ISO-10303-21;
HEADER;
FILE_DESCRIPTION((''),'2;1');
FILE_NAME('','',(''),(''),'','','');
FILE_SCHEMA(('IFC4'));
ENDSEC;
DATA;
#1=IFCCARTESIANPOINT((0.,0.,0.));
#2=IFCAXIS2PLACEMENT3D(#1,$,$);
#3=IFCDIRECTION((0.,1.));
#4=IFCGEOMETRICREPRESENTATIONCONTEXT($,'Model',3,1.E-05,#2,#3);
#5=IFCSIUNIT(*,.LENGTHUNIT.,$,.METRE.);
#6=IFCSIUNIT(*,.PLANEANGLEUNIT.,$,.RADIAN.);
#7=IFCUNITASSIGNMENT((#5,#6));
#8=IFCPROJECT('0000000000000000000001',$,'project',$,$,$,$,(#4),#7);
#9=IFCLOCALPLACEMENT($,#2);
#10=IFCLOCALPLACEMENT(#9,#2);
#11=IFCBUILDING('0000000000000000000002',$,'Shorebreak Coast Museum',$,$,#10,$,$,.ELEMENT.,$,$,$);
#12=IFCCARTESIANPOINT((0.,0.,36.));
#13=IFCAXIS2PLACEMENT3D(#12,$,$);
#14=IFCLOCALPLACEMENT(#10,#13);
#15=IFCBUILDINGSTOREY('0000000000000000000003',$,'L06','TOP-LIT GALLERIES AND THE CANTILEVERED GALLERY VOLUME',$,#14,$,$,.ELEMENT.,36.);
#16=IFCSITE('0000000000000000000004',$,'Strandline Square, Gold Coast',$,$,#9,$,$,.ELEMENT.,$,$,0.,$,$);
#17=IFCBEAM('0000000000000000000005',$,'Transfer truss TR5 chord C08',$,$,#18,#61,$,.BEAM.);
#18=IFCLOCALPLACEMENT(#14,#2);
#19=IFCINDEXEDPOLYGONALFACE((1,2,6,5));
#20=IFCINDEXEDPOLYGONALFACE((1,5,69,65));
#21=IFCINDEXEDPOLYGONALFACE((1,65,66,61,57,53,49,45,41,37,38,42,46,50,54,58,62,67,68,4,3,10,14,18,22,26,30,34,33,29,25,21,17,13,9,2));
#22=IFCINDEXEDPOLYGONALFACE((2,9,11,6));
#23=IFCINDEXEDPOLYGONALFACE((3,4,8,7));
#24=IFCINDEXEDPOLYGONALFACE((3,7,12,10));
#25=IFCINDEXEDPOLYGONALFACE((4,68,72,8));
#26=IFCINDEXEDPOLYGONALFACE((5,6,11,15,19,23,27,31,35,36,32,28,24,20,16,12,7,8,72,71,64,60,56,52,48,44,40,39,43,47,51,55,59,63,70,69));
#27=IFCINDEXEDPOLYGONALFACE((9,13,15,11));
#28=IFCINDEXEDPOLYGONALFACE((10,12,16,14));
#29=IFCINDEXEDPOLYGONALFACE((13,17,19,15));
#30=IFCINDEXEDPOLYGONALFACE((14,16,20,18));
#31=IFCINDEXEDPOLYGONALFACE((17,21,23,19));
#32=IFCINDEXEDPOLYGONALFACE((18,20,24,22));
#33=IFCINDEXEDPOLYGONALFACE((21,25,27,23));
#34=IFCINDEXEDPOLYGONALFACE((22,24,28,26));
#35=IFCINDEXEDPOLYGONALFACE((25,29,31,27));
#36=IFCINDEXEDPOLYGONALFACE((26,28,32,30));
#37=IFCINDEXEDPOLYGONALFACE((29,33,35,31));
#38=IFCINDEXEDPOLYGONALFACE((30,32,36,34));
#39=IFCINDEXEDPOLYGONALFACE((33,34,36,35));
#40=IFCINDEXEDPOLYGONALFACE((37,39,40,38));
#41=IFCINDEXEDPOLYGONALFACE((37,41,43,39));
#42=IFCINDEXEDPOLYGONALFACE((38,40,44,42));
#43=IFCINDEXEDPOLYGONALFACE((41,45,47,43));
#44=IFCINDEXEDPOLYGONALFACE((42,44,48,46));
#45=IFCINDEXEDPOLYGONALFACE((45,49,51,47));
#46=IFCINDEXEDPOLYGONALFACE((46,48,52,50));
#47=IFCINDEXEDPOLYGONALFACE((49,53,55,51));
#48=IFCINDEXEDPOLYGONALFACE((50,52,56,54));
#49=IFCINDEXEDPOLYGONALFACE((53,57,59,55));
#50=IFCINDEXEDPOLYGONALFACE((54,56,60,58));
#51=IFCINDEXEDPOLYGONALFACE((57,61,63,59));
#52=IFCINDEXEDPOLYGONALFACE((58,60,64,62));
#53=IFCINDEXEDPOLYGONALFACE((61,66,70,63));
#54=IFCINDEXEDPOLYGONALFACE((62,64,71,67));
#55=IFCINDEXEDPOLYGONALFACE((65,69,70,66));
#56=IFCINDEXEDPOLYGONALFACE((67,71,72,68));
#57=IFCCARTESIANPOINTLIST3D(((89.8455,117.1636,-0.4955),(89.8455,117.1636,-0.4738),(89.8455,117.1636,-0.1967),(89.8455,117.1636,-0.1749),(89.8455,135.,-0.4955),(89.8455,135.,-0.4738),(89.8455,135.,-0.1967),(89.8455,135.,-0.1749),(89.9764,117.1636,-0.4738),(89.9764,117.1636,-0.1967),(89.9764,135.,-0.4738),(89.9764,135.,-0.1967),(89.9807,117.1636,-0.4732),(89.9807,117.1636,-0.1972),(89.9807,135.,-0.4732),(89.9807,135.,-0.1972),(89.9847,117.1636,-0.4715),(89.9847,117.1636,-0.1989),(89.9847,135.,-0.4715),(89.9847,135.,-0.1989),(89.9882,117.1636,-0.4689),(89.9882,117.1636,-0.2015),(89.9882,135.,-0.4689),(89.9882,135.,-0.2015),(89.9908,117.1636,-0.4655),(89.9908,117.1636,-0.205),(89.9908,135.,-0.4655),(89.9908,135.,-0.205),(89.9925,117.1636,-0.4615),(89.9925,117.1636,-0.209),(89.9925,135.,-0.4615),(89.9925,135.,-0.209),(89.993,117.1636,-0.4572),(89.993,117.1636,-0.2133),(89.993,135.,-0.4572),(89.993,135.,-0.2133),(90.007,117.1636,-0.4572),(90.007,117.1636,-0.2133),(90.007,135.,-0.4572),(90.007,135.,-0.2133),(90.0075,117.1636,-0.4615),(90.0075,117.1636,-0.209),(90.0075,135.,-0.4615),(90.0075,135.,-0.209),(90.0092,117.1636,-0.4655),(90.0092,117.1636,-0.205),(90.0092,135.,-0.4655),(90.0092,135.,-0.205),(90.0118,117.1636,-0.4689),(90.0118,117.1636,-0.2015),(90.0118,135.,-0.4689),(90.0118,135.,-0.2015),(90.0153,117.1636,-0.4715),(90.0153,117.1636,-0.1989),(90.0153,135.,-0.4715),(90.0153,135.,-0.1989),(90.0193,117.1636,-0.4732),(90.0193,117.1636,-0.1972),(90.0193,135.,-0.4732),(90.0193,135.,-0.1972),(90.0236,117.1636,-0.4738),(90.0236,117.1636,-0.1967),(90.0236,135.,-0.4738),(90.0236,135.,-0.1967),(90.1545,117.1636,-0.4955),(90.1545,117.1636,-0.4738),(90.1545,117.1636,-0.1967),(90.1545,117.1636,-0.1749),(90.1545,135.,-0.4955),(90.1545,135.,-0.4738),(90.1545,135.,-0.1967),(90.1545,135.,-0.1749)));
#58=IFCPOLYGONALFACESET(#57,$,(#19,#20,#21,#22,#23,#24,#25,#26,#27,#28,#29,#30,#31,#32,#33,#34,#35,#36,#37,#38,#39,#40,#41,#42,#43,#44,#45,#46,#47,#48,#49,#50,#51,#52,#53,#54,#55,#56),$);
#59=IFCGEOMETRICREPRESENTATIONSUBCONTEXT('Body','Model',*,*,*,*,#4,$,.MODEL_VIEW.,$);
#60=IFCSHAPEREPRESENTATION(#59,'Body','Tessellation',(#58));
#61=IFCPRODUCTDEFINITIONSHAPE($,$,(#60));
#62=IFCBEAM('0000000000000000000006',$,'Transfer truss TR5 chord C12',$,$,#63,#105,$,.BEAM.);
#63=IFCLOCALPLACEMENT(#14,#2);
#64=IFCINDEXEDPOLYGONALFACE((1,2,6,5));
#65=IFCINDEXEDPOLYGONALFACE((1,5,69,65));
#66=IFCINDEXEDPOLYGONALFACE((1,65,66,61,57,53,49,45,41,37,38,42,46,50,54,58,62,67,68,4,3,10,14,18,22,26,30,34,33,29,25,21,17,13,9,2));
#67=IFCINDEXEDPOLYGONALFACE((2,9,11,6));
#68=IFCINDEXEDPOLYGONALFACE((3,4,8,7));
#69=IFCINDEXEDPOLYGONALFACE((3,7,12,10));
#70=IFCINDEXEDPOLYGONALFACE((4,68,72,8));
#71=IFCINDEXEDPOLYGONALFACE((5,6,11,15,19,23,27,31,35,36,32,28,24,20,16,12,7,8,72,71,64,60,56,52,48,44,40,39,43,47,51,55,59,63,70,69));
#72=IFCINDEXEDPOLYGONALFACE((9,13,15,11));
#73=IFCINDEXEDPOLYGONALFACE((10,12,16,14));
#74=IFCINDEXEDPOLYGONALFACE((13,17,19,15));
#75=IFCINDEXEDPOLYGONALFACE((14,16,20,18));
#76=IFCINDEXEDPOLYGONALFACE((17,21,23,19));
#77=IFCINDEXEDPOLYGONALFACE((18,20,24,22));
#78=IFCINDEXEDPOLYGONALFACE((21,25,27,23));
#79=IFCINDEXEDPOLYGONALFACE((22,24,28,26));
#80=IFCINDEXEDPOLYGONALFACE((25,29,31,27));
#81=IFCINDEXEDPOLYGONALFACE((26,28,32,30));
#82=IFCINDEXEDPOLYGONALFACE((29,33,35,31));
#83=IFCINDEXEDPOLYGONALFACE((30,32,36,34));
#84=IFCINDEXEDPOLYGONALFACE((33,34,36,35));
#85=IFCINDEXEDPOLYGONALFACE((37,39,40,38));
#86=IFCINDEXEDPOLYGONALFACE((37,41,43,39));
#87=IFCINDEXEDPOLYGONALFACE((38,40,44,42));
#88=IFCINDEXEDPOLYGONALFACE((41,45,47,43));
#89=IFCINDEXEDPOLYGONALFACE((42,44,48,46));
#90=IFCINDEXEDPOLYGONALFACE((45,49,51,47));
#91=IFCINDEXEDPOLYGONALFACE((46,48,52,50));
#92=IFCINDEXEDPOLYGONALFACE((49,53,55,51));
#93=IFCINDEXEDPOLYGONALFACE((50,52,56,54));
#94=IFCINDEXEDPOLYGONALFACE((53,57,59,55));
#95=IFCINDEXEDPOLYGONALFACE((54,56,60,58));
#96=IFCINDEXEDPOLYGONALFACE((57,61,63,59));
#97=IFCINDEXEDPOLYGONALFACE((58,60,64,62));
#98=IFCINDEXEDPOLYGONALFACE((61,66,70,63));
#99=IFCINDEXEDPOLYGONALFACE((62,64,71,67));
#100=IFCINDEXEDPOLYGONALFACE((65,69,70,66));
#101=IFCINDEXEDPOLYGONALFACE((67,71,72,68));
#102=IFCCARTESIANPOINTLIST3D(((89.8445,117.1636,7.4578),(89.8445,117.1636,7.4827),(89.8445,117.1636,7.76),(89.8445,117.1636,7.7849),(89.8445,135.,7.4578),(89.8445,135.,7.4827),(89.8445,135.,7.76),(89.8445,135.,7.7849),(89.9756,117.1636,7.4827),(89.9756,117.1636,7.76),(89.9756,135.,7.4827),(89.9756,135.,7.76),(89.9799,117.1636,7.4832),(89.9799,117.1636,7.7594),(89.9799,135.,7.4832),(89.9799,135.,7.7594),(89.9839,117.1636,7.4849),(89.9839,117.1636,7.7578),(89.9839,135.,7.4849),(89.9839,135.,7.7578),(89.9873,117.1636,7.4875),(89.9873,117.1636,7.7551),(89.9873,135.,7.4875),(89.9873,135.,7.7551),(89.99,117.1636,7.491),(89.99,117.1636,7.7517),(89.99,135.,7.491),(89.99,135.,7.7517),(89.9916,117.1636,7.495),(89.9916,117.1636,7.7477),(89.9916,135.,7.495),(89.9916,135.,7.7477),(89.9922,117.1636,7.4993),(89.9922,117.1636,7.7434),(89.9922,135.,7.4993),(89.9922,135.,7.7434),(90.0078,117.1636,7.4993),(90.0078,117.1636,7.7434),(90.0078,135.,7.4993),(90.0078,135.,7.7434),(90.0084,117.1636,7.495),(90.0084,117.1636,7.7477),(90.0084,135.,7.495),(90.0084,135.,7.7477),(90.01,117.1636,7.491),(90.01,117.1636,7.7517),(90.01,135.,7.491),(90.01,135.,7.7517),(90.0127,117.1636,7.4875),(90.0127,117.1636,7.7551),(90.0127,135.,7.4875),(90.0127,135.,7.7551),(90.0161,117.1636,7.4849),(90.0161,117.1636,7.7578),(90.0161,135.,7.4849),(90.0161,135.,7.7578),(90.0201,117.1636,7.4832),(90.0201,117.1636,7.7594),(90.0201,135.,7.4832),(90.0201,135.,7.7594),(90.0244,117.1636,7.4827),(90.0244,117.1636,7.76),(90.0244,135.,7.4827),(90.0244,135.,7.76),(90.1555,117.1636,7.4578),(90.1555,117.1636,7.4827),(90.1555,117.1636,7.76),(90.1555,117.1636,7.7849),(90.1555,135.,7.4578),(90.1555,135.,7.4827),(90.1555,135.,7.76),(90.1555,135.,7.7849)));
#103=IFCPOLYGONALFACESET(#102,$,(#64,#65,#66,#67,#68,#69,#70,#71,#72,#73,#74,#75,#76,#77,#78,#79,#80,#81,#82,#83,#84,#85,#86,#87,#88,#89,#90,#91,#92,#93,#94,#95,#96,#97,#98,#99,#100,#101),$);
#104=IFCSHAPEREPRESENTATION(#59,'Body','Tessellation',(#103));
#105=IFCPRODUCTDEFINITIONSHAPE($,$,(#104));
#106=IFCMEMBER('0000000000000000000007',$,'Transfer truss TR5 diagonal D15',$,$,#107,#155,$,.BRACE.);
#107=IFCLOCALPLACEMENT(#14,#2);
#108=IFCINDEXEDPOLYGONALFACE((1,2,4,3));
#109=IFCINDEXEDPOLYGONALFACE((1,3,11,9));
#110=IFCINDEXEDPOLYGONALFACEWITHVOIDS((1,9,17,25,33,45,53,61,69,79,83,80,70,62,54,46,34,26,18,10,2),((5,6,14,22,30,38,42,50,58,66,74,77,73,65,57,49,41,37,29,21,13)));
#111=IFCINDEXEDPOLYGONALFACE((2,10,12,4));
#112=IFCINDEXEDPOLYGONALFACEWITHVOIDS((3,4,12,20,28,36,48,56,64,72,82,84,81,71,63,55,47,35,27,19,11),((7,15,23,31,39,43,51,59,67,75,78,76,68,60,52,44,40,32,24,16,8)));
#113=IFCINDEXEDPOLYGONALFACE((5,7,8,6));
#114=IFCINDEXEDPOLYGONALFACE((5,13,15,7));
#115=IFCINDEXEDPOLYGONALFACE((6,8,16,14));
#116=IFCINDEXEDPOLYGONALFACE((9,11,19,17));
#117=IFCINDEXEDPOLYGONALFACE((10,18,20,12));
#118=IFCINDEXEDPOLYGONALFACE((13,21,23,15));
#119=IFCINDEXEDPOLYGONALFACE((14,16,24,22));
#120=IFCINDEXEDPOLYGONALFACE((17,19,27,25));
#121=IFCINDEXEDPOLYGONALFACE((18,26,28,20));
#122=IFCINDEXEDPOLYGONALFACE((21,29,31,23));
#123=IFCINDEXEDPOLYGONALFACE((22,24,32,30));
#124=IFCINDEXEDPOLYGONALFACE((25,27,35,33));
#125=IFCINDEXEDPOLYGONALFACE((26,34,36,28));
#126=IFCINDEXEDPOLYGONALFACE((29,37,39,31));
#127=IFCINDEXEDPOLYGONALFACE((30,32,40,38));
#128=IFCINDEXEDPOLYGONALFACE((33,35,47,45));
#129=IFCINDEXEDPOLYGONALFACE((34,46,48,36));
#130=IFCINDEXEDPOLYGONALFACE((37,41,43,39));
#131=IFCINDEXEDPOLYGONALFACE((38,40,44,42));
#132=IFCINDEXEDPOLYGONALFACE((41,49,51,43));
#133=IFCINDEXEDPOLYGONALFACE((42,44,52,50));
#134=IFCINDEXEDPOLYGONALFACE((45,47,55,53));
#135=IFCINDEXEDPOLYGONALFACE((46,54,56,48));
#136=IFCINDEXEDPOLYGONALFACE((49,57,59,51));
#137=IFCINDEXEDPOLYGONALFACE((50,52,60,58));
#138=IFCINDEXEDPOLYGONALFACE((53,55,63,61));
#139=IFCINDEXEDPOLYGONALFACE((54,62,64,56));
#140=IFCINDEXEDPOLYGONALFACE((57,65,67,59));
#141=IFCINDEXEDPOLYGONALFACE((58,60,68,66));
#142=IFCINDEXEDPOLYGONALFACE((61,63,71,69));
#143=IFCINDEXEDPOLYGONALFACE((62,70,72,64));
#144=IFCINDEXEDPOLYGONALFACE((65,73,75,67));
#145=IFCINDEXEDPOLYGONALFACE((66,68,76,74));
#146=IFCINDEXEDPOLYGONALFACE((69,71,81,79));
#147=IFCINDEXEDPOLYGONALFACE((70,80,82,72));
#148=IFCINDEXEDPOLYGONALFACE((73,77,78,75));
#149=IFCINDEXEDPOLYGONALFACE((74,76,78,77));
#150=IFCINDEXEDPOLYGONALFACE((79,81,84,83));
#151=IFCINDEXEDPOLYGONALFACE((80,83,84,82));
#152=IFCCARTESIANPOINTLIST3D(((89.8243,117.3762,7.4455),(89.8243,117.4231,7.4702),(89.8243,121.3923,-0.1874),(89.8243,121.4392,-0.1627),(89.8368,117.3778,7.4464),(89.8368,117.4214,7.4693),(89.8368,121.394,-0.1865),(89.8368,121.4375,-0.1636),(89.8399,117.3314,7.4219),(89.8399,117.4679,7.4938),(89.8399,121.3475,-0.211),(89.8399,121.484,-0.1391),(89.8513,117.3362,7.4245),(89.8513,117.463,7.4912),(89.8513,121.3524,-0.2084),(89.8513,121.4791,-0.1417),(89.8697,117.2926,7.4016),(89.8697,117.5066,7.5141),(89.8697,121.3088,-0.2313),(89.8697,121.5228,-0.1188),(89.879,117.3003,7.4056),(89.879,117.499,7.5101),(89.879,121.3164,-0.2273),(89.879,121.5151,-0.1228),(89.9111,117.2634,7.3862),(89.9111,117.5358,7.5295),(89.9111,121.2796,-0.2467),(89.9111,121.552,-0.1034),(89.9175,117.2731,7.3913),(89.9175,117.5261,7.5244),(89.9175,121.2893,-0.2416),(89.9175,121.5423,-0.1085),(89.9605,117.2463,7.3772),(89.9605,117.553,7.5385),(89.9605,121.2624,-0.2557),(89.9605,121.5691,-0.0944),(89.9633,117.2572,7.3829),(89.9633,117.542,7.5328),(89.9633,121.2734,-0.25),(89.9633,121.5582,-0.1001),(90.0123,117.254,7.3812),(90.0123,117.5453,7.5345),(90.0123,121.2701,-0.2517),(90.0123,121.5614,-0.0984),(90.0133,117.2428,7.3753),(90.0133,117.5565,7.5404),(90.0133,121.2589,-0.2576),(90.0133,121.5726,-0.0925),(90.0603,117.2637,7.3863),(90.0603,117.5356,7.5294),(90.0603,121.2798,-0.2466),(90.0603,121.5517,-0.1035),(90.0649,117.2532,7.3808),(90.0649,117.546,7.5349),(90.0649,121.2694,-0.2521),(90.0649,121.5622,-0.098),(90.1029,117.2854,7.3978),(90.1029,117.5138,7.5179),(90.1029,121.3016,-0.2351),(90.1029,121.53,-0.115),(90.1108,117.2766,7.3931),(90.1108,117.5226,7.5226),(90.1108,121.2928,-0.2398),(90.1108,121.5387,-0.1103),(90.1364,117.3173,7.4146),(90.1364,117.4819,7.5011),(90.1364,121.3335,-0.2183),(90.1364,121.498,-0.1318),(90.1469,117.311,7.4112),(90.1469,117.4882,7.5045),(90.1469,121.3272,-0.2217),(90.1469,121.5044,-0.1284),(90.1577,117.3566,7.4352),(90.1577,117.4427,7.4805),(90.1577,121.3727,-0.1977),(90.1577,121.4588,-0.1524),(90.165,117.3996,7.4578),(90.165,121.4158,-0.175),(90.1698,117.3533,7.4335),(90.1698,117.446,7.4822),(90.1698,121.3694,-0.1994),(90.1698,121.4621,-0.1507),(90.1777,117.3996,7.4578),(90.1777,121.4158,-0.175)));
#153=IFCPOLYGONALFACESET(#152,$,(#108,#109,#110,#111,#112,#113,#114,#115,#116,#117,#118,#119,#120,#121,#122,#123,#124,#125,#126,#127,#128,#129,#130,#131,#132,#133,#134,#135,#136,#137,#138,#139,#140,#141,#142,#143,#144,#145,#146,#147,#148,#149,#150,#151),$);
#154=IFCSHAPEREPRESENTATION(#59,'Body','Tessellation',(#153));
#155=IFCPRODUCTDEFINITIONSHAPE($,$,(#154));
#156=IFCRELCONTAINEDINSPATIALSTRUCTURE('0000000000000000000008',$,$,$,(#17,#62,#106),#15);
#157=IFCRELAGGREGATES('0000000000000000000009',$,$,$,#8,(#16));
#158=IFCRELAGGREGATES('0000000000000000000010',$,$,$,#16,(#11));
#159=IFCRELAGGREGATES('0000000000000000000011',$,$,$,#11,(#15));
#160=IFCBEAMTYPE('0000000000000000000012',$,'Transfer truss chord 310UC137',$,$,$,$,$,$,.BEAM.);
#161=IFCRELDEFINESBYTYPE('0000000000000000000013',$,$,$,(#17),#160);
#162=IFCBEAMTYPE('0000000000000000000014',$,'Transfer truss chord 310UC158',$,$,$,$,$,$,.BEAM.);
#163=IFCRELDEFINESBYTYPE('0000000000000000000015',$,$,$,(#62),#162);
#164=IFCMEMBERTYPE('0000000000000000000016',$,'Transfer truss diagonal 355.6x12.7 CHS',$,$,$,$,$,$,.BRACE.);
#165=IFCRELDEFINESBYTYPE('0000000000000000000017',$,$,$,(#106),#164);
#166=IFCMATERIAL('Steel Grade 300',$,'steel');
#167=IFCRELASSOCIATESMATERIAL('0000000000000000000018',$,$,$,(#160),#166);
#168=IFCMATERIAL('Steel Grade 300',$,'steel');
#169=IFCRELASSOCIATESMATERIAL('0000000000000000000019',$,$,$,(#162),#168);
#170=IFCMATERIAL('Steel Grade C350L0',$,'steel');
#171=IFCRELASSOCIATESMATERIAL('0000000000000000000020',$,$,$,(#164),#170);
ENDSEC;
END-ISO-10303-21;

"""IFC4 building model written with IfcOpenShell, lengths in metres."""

from ifc_helpers import new_model, si_unit, direction, frame, origin, origin_2d, place, context, subcontext, project, spatial, hollow_circle, i_section, extrude, material, material_profile, profile_set, type_object, element, save


model = new_model("IFC4")

# Units and contexts
model_context = context("Model", 3, precision=1e-05, world=origin(), true_north=direction((0.0, 1.0)))
body_context = subcontext(model_context, "Body", "Model", "MODEL_VIEW")
ifc_project = project(units=[si_unit("LENGTHUNIT", "METRE"), si_unit("PLANEANGLEUNIT", "RADIAN")], contexts=[model_context])

# Site, building, storey
site_placement = place(None, origin())
site = spatial("IfcSite", under=ifc_project, at=site_placement, Name="Strandline Square, Gold Coast", CompositionType="ELEMENT", RefElevation=0.0)
building_placement = place(site_placement, origin())
building = spatial("IfcBuilding", under=site, at=building_placement, Name="Shorebreak Coast Museum", CompositionType="ELEMENT")
storey_placement = place(building_placement, frame((0.0, 0.0, 36.0)))
storey = spatial("IfcBuildingStorey", under=building, at=storey_placement, Name="L06", Description="TOP-LIT GALLERIES AND THE CANTILEVERED GALLERY VOLUME", CompositionType="ELEMENT", Elevation=36.0)

# Beams
ifc_material_1 = material(Name="Steel Grade 300", Category="steel")
ifc_material_profile_1 = material_profile(ifc_material_1, i_section(OverallWidth=0.3091, OverallDepth=0.3206, WebThickness=0.0139, FlangeThickness=0.0217, FilletRadius=0.0166, at=origin_2d()), Name="310UC137")
ifc_profile_set_1 = profile_set([ifc_material_profile_1], Name="Steel Grade 300")
beam_type_1 = type_object("IfcBeamType", Name="Transfer truss chord 310UC137", PredefinedType="BEAM", material=ifc_profile_set_1)
beam_1_placement = place(storey_placement, frame((90.0, 117.1636, -0.3352), z_axis=(0.0, 1.0, 0.0), x_axis=(-1.0, 0.0, 0.0)))
element("IfcBeam", 1, at=beam_1_placement, inside=storey, type_object=beam_type_1, Name="Transfer truss TR5 chord C08", PredefinedType="BEAM", context=body_context, shape_type="SweptSolid", body=[
    extrude(i_section(OverallWidth=0.3091, OverallDepth=0.3206, WebThickness=0.0139, FlangeThickness=0.0217, FilletRadius=0.0166, at=origin_2d()), origin(), (0.0, 0.0, 1.0), 17.8364),
])
ifc_material_2 = material(Name="Steel Grade 300", Category="steel")
ifc_material_profile_2 = material_profile(ifc_material_2, i_section(OverallWidth=0.311, OverallDepth=0.3271, WebThickness=0.0156, FlangeThickness=0.0249, FilletRadius=0.0166, at=origin_2d()), Name="310UC158")
ifc_profile_set_2 = profile_set([ifc_material_profile_2], Name="Steel Grade 300")
beam_type_2 = type_object("IfcBeamType", Name="Transfer truss chord 310UC158", PredefinedType="BEAM", material=ifc_profile_set_2)
beam_2_placement = place(storey_placement, frame((90.0, 117.1636, 7.6213), z_axis=(0.0, 1.0, 0.0), x_axis=(-1.0, 0.0, 0.0)))
element("IfcBeam", 2, at=beam_2_placement, inside=storey, type_object=beam_type_2, Name="Transfer truss TR5 chord C12", PredefinedType="BEAM", context=body_context, shape_type="SweptSolid", body=[
    extrude(i_section(OverallWidth=0.311, OverallDepth=0.3271, WebThickness=0.0156, FlangeThickness=0.0249, FilletRadius=0.0166, at=origin_2d()), origin(), (0.0, 0.0, 1.0), 17.8364),
])

# Member
ifc_material_3 = material(Name="Steel Grade C350L0", Category="steel")
ifc_material_profile_3 = material_profile(ifc_material_3, hollow_circle(Radius=0.1777, WallThickness=0.0127, at=origin_2d()), Name="355.6x12.7 CHS")
ifc_profile_set_3 = profile_set([ifc_material_profile_3], Name="Steel Grade C350L0")
member_type_1 = type_object("IfcMemberType", Name="Transfer truss diagonal 355.6x12.7 CHS", PredefinedType="BRACE", material=ifc_profile_set_3)
member_1_placement = place(storey_placement, frame((90.0, 121.4158, -0.175), z_axis=(0.0, -0.465641, 0.884973), x_axis=(1.0, 0.0, 0.0)))
element("IfcMember", 3, at=member_1_placement, inside=storey, type_object=member_type_1, Name="Transfer truss TR5 diagonal D15", PredefinedType="BRACE", context=body_context, shape_type="SweptSolid", body=[
    extrude(hollow_circle(Radius=0.1777, WallThickness=0.0127, at=origin_2d()), origin(), (0.0, 0.0, 1.0), 8.625),
])

save(model, "model.ifc")
